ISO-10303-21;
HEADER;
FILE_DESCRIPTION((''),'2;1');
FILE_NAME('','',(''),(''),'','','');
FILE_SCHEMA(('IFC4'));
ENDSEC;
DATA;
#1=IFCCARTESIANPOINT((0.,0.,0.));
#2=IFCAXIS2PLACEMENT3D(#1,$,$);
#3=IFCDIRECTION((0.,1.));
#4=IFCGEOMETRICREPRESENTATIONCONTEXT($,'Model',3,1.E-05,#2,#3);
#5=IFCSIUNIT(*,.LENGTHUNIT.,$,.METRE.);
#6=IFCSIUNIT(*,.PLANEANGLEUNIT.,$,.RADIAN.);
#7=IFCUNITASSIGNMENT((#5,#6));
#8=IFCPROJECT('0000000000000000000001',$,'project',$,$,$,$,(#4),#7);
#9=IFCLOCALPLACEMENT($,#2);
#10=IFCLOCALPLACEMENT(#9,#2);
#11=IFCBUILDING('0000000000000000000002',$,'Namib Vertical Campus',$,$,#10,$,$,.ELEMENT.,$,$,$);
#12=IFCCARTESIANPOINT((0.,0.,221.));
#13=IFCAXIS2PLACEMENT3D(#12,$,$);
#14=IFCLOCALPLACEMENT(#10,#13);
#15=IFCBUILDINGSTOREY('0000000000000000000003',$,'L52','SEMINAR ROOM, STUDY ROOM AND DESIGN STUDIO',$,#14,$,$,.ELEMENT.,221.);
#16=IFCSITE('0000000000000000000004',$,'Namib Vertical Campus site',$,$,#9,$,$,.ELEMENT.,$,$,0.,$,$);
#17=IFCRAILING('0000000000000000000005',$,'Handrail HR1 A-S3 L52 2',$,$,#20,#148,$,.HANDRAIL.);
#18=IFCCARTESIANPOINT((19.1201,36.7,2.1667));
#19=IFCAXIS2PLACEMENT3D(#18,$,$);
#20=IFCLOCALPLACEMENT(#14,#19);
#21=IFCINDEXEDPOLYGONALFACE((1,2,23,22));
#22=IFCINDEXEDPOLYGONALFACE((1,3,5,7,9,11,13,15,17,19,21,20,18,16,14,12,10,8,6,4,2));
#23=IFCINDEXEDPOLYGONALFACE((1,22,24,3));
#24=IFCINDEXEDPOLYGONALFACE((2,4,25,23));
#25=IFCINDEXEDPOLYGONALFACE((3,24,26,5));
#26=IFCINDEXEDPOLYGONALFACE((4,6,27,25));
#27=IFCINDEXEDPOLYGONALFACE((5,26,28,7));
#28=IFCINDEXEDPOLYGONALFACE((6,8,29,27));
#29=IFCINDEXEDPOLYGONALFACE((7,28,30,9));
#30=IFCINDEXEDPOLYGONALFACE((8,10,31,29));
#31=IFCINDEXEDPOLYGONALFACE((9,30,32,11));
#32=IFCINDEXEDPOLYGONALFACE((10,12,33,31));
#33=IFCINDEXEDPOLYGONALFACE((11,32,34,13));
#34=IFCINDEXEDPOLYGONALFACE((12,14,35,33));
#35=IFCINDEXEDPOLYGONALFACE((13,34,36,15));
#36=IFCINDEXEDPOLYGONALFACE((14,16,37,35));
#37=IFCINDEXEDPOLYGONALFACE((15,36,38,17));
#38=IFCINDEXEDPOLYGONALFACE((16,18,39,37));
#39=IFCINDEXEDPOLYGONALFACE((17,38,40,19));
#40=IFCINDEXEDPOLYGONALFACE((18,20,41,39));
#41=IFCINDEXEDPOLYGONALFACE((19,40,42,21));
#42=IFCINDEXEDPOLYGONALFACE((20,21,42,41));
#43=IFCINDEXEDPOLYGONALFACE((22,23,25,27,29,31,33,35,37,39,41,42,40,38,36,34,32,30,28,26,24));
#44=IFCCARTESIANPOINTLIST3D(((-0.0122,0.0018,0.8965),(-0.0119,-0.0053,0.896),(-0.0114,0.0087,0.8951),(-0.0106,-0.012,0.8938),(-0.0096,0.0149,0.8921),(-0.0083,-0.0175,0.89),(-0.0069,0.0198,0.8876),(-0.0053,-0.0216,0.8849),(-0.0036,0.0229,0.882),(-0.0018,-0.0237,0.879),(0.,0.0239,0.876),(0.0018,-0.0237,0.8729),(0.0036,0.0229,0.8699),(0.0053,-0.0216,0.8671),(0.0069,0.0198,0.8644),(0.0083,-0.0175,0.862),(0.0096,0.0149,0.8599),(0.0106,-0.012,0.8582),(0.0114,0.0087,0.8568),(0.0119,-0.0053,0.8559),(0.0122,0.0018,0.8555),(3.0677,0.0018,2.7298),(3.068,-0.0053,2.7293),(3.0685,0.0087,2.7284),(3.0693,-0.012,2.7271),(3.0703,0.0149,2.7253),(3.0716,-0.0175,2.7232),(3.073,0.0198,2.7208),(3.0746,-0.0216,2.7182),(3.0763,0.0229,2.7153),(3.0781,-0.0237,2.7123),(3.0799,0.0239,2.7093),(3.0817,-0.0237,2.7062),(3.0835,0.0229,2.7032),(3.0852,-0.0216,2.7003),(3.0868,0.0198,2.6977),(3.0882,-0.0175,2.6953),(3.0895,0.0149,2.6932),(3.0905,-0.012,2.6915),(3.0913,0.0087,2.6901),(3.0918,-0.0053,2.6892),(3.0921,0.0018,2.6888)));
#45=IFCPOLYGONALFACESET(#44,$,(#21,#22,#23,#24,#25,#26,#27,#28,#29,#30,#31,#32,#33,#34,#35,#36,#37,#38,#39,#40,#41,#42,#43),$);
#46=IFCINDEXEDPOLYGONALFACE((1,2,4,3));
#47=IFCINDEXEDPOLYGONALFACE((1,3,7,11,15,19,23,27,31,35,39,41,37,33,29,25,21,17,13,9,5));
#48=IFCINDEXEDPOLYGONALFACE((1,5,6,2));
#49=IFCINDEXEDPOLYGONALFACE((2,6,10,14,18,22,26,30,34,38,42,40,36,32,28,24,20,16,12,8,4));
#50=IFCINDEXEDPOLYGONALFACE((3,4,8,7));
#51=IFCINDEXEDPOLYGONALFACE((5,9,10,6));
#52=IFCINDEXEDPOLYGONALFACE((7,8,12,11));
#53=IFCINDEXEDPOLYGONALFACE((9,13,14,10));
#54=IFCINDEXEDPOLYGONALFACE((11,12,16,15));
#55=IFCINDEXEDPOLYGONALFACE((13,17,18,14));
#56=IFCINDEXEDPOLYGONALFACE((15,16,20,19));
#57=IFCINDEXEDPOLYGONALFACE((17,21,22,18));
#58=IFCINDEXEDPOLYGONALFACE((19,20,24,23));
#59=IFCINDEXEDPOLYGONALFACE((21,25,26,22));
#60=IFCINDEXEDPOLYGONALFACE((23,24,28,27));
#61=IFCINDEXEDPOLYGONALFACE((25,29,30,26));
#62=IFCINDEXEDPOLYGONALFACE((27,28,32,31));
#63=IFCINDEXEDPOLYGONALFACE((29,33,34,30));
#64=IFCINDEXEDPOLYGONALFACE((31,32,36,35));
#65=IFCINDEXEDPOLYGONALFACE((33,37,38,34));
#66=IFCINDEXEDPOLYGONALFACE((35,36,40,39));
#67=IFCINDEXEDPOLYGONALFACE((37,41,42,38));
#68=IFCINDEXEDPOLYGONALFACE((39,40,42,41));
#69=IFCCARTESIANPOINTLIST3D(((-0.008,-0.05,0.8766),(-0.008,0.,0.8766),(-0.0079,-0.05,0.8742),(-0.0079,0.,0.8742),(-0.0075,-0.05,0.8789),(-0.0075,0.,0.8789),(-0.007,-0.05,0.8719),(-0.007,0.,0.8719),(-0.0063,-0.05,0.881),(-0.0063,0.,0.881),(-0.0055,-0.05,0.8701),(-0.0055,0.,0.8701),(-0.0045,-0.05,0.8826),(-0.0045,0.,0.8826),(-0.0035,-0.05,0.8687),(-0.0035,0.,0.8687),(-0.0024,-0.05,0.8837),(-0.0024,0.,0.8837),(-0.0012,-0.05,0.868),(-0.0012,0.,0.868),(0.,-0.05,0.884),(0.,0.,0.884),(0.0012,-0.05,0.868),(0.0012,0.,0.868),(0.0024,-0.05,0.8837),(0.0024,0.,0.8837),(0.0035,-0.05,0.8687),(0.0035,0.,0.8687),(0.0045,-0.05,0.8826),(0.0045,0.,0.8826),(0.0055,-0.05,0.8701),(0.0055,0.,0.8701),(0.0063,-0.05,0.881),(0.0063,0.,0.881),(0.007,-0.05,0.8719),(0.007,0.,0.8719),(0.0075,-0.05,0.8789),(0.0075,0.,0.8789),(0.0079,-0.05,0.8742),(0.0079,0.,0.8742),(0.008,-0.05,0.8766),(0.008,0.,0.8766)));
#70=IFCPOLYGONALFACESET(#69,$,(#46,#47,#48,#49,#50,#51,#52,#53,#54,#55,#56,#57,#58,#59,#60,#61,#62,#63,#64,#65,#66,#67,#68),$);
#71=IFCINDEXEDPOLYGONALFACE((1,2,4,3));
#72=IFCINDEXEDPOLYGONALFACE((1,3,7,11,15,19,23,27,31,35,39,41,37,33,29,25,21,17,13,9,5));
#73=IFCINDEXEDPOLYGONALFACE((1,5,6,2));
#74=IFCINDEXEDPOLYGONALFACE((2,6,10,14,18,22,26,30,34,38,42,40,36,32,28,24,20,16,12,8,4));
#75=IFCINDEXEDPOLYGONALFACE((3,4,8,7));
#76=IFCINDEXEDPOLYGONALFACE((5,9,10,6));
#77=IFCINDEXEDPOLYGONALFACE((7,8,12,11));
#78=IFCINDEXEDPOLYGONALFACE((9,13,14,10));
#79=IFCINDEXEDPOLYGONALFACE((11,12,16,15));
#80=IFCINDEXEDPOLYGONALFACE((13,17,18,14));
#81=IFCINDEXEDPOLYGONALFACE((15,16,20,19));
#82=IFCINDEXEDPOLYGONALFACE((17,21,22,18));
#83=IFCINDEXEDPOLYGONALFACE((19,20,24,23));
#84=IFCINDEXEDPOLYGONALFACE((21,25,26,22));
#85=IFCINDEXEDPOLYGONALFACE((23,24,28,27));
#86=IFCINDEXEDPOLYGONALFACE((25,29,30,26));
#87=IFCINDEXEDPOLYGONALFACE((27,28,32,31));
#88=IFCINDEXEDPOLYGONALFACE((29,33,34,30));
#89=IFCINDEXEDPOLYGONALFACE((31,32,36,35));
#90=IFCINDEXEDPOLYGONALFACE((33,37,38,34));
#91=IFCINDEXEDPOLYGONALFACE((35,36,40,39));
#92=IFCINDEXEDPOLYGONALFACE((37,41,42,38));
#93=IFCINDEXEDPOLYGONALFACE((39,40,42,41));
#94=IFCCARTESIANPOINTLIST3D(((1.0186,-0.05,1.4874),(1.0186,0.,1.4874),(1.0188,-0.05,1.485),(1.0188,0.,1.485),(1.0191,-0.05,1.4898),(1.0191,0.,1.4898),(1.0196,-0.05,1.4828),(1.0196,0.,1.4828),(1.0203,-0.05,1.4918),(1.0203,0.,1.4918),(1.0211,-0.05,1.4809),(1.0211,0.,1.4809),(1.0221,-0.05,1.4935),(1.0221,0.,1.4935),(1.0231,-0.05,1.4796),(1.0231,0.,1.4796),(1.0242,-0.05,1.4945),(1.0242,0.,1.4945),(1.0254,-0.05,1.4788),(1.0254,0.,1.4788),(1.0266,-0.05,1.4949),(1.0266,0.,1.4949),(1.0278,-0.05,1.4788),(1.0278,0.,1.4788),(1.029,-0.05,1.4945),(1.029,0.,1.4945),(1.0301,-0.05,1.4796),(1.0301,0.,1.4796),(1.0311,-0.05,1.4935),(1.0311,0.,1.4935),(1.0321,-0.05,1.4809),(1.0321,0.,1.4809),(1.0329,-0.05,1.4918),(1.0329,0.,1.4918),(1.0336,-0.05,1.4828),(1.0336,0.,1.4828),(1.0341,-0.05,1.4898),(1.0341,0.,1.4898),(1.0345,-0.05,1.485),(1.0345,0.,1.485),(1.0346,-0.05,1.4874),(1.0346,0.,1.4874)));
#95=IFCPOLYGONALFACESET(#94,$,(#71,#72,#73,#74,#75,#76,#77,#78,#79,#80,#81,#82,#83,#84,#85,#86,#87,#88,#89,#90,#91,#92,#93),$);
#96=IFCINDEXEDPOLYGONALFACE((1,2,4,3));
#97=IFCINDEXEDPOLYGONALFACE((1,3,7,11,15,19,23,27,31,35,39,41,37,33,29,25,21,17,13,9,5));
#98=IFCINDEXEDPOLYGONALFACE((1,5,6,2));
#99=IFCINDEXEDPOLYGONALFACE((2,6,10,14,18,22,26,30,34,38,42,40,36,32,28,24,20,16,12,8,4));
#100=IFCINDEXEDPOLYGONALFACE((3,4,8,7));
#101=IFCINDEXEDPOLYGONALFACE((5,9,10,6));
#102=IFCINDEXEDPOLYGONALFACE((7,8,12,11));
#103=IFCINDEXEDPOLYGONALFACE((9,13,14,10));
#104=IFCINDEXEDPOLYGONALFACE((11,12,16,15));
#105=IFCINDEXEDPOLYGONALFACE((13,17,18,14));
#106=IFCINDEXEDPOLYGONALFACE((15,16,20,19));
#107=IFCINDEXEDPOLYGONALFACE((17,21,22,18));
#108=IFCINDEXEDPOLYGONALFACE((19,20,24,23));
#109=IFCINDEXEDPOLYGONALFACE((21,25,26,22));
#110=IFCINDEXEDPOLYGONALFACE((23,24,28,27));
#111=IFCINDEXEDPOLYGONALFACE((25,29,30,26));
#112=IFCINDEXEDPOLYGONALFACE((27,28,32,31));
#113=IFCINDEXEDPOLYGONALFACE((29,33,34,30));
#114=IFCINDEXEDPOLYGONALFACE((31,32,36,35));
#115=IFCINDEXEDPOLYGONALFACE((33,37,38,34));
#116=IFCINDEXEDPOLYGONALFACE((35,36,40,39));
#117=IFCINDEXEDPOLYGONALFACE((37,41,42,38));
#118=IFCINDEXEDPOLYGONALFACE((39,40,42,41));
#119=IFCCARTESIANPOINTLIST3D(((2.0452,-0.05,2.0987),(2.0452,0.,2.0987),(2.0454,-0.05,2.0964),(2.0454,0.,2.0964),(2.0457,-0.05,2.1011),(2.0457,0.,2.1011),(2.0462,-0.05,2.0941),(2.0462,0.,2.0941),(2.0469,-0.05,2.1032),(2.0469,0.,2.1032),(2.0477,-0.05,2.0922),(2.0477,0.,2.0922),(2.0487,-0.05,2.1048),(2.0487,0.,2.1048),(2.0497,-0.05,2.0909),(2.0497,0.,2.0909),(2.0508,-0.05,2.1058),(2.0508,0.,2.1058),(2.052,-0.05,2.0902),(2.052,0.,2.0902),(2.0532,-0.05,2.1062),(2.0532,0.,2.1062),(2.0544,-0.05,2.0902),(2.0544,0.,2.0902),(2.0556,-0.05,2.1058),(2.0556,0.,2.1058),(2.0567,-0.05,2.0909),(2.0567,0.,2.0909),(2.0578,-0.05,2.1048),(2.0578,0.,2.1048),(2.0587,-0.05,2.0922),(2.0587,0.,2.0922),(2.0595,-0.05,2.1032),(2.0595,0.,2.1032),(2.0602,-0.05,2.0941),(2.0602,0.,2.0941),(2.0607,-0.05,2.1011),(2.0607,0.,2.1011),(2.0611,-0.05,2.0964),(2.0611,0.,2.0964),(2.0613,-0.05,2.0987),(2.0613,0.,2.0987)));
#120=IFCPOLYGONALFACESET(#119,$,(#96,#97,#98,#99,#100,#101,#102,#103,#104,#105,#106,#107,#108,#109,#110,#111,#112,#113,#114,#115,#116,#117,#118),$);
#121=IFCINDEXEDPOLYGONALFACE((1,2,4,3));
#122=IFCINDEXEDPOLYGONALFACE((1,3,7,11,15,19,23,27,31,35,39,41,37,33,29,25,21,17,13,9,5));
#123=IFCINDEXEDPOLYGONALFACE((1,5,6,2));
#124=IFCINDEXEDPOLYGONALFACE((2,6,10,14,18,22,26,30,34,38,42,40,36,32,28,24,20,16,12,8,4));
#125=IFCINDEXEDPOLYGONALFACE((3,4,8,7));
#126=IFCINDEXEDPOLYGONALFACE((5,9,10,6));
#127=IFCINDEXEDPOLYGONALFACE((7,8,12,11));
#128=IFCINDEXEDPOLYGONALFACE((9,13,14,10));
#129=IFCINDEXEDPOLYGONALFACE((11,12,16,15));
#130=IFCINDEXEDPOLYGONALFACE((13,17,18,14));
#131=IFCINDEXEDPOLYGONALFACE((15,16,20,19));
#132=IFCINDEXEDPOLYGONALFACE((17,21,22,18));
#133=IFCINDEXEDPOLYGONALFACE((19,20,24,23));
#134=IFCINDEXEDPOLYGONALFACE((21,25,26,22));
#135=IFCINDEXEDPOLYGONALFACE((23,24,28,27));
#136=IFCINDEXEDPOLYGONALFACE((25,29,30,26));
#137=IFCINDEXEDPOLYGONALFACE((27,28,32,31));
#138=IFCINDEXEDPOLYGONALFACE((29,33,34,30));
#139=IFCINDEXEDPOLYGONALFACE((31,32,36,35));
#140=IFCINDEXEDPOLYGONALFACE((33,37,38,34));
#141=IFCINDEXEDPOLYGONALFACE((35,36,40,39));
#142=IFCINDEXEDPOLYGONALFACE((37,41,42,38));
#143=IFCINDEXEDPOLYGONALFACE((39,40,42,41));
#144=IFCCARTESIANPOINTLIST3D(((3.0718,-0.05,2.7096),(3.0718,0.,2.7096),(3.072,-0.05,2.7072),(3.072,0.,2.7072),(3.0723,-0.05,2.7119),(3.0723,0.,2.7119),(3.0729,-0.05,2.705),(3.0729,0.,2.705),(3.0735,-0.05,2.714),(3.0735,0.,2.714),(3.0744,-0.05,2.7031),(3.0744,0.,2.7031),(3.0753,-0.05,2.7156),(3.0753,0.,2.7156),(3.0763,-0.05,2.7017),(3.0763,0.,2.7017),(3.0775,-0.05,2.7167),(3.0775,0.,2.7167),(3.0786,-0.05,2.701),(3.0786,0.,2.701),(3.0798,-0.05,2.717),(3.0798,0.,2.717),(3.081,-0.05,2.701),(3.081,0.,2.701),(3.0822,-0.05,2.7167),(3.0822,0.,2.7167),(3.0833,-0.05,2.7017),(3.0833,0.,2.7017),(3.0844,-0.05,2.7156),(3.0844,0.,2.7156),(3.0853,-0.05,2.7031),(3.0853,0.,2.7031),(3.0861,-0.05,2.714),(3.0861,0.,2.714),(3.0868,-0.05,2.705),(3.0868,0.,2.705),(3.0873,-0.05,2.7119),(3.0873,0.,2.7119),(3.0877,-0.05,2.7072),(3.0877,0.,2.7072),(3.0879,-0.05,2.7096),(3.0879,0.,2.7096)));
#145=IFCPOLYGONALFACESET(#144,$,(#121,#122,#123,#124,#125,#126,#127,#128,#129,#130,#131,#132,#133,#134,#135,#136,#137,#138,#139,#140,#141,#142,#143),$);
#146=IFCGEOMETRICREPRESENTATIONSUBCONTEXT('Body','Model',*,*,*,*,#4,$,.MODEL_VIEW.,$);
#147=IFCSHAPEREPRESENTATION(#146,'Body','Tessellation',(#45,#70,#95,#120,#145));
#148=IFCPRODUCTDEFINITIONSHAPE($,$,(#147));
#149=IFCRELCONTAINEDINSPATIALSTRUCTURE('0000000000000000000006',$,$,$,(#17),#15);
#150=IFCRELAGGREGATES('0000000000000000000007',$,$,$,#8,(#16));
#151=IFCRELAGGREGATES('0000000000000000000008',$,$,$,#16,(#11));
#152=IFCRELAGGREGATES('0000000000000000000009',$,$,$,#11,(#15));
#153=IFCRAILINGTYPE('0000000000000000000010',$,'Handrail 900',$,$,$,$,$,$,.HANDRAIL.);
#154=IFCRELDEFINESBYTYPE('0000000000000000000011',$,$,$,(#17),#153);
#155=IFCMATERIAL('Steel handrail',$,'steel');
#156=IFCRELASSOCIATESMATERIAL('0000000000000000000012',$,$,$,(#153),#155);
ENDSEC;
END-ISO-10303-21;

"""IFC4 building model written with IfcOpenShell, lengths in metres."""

from ifc_helpers import new_model, si_unit, direction, frame, origin, origin_2d, place, context, subcontext, project, spatial, circle, extrude, material, type_object, element, save


model = new_model("IFC4")

# Units and contexts
model_context = context("Model", 3, precision=1e-05, world=origin(), true_north=direction((0.0, 1.0)))
body_context = subcontext(model_context, "Body", "Model", "MODEL_VIEW")
ifc_project = project(units=[si_unit("LENGTHUNIT", "METRE"), si_unit("PLANEANGLEUNIT", "RADIAN")], contexts=[model_context])

# Site, building, storey
site_placement = place(None, origin())
site = spatial("IfcSite", under=ifc_project, at=site_placement, Name="Namib Vertical Campus site", CompositionType="ELEMENT", RefElevation=0.0)
building_placement = place(site_placement, origin())
building = spatial("IfcBuilding", under=site, at=building_placement, Name="Namib Vertical Campus", CompositionType="ELEMENT")
storey_placement = place(building_placement, frame((0.0, 0.0, 221.0)))
storey = spatial("IfcBuildingStorey", under=building, at=storey_placement, Name="L52", Description="SEMINAR ROOM, STUDY ROOM AND DESIGN STUDIO", CompositionType="ELEMENT", Elevation=221.0)

# Railing
ifc_material_1 = material(Name="Steel handrail", Category="steel")
railing_type_1 = type_object("IfcRailingType", Name="Handrail 900", PredefinedType="HANDRAIL", material=ifc_material_1)
railing_1_placement = place(storey_placement, frame((19.1201, 36.7, 2.1667)))
element("IfcRailing", 1, at=railing_1_placement, inside=storey, type_object=railing_type_1, Name="Handrail HR1 A-S3 L52 2", PredefinedType="HANDRAIL", context=body_context, shape_type="SweptSolid", body=[
    extrude(circle(Radius=0.0239, at=origin_2d()), frame((0.0, 0.0, 0.876), z_axis=(0.859291, 0.0, 0.511487), x_axis=(0.0, 1.0, 0.0)), (0.0, 0.0, 1.0), 3.5842),
    extrude(circle(Radius=0.0081, at=origin_2d()), frame((0.0, 0.0, 0.876), z_axis=(0.0, -1.0, 0.0), x_axis=(0.0, 0.0, 1.0)), (0.0, 0.0, 1.0), 0.05),
    extrude(circle(Radius=0.0081, at=origin_2d()), frame((1.0266, 0.0, 1.4868), z_axis=(0.0, -1.0, 0.0), x_axis=(0.0, 0.0, 1.0)), (0.0, 0.0, 1.0), 0.05),
    extrude(circle(Radius=0.0081, at=origin_2d()), frame((2.0532, 0.0, 2.0981), z_axis=(0.0, -1.0, 0.0), x_axis=(0.0, 0.0, 1.0)), (0.0, 0.0, 1.0), 0.05),
    extrude(circle(Radius=0.0081, at=origin_2d()), frame((3.0798, 0.0, 2.709), z_axis=(0.0, -1.0, 0.0), x_axis=(0.0, 0.0, 1.0)), (0.0, 0.0, 1.0), 0.05),
])

save(model, "model.ifc")
